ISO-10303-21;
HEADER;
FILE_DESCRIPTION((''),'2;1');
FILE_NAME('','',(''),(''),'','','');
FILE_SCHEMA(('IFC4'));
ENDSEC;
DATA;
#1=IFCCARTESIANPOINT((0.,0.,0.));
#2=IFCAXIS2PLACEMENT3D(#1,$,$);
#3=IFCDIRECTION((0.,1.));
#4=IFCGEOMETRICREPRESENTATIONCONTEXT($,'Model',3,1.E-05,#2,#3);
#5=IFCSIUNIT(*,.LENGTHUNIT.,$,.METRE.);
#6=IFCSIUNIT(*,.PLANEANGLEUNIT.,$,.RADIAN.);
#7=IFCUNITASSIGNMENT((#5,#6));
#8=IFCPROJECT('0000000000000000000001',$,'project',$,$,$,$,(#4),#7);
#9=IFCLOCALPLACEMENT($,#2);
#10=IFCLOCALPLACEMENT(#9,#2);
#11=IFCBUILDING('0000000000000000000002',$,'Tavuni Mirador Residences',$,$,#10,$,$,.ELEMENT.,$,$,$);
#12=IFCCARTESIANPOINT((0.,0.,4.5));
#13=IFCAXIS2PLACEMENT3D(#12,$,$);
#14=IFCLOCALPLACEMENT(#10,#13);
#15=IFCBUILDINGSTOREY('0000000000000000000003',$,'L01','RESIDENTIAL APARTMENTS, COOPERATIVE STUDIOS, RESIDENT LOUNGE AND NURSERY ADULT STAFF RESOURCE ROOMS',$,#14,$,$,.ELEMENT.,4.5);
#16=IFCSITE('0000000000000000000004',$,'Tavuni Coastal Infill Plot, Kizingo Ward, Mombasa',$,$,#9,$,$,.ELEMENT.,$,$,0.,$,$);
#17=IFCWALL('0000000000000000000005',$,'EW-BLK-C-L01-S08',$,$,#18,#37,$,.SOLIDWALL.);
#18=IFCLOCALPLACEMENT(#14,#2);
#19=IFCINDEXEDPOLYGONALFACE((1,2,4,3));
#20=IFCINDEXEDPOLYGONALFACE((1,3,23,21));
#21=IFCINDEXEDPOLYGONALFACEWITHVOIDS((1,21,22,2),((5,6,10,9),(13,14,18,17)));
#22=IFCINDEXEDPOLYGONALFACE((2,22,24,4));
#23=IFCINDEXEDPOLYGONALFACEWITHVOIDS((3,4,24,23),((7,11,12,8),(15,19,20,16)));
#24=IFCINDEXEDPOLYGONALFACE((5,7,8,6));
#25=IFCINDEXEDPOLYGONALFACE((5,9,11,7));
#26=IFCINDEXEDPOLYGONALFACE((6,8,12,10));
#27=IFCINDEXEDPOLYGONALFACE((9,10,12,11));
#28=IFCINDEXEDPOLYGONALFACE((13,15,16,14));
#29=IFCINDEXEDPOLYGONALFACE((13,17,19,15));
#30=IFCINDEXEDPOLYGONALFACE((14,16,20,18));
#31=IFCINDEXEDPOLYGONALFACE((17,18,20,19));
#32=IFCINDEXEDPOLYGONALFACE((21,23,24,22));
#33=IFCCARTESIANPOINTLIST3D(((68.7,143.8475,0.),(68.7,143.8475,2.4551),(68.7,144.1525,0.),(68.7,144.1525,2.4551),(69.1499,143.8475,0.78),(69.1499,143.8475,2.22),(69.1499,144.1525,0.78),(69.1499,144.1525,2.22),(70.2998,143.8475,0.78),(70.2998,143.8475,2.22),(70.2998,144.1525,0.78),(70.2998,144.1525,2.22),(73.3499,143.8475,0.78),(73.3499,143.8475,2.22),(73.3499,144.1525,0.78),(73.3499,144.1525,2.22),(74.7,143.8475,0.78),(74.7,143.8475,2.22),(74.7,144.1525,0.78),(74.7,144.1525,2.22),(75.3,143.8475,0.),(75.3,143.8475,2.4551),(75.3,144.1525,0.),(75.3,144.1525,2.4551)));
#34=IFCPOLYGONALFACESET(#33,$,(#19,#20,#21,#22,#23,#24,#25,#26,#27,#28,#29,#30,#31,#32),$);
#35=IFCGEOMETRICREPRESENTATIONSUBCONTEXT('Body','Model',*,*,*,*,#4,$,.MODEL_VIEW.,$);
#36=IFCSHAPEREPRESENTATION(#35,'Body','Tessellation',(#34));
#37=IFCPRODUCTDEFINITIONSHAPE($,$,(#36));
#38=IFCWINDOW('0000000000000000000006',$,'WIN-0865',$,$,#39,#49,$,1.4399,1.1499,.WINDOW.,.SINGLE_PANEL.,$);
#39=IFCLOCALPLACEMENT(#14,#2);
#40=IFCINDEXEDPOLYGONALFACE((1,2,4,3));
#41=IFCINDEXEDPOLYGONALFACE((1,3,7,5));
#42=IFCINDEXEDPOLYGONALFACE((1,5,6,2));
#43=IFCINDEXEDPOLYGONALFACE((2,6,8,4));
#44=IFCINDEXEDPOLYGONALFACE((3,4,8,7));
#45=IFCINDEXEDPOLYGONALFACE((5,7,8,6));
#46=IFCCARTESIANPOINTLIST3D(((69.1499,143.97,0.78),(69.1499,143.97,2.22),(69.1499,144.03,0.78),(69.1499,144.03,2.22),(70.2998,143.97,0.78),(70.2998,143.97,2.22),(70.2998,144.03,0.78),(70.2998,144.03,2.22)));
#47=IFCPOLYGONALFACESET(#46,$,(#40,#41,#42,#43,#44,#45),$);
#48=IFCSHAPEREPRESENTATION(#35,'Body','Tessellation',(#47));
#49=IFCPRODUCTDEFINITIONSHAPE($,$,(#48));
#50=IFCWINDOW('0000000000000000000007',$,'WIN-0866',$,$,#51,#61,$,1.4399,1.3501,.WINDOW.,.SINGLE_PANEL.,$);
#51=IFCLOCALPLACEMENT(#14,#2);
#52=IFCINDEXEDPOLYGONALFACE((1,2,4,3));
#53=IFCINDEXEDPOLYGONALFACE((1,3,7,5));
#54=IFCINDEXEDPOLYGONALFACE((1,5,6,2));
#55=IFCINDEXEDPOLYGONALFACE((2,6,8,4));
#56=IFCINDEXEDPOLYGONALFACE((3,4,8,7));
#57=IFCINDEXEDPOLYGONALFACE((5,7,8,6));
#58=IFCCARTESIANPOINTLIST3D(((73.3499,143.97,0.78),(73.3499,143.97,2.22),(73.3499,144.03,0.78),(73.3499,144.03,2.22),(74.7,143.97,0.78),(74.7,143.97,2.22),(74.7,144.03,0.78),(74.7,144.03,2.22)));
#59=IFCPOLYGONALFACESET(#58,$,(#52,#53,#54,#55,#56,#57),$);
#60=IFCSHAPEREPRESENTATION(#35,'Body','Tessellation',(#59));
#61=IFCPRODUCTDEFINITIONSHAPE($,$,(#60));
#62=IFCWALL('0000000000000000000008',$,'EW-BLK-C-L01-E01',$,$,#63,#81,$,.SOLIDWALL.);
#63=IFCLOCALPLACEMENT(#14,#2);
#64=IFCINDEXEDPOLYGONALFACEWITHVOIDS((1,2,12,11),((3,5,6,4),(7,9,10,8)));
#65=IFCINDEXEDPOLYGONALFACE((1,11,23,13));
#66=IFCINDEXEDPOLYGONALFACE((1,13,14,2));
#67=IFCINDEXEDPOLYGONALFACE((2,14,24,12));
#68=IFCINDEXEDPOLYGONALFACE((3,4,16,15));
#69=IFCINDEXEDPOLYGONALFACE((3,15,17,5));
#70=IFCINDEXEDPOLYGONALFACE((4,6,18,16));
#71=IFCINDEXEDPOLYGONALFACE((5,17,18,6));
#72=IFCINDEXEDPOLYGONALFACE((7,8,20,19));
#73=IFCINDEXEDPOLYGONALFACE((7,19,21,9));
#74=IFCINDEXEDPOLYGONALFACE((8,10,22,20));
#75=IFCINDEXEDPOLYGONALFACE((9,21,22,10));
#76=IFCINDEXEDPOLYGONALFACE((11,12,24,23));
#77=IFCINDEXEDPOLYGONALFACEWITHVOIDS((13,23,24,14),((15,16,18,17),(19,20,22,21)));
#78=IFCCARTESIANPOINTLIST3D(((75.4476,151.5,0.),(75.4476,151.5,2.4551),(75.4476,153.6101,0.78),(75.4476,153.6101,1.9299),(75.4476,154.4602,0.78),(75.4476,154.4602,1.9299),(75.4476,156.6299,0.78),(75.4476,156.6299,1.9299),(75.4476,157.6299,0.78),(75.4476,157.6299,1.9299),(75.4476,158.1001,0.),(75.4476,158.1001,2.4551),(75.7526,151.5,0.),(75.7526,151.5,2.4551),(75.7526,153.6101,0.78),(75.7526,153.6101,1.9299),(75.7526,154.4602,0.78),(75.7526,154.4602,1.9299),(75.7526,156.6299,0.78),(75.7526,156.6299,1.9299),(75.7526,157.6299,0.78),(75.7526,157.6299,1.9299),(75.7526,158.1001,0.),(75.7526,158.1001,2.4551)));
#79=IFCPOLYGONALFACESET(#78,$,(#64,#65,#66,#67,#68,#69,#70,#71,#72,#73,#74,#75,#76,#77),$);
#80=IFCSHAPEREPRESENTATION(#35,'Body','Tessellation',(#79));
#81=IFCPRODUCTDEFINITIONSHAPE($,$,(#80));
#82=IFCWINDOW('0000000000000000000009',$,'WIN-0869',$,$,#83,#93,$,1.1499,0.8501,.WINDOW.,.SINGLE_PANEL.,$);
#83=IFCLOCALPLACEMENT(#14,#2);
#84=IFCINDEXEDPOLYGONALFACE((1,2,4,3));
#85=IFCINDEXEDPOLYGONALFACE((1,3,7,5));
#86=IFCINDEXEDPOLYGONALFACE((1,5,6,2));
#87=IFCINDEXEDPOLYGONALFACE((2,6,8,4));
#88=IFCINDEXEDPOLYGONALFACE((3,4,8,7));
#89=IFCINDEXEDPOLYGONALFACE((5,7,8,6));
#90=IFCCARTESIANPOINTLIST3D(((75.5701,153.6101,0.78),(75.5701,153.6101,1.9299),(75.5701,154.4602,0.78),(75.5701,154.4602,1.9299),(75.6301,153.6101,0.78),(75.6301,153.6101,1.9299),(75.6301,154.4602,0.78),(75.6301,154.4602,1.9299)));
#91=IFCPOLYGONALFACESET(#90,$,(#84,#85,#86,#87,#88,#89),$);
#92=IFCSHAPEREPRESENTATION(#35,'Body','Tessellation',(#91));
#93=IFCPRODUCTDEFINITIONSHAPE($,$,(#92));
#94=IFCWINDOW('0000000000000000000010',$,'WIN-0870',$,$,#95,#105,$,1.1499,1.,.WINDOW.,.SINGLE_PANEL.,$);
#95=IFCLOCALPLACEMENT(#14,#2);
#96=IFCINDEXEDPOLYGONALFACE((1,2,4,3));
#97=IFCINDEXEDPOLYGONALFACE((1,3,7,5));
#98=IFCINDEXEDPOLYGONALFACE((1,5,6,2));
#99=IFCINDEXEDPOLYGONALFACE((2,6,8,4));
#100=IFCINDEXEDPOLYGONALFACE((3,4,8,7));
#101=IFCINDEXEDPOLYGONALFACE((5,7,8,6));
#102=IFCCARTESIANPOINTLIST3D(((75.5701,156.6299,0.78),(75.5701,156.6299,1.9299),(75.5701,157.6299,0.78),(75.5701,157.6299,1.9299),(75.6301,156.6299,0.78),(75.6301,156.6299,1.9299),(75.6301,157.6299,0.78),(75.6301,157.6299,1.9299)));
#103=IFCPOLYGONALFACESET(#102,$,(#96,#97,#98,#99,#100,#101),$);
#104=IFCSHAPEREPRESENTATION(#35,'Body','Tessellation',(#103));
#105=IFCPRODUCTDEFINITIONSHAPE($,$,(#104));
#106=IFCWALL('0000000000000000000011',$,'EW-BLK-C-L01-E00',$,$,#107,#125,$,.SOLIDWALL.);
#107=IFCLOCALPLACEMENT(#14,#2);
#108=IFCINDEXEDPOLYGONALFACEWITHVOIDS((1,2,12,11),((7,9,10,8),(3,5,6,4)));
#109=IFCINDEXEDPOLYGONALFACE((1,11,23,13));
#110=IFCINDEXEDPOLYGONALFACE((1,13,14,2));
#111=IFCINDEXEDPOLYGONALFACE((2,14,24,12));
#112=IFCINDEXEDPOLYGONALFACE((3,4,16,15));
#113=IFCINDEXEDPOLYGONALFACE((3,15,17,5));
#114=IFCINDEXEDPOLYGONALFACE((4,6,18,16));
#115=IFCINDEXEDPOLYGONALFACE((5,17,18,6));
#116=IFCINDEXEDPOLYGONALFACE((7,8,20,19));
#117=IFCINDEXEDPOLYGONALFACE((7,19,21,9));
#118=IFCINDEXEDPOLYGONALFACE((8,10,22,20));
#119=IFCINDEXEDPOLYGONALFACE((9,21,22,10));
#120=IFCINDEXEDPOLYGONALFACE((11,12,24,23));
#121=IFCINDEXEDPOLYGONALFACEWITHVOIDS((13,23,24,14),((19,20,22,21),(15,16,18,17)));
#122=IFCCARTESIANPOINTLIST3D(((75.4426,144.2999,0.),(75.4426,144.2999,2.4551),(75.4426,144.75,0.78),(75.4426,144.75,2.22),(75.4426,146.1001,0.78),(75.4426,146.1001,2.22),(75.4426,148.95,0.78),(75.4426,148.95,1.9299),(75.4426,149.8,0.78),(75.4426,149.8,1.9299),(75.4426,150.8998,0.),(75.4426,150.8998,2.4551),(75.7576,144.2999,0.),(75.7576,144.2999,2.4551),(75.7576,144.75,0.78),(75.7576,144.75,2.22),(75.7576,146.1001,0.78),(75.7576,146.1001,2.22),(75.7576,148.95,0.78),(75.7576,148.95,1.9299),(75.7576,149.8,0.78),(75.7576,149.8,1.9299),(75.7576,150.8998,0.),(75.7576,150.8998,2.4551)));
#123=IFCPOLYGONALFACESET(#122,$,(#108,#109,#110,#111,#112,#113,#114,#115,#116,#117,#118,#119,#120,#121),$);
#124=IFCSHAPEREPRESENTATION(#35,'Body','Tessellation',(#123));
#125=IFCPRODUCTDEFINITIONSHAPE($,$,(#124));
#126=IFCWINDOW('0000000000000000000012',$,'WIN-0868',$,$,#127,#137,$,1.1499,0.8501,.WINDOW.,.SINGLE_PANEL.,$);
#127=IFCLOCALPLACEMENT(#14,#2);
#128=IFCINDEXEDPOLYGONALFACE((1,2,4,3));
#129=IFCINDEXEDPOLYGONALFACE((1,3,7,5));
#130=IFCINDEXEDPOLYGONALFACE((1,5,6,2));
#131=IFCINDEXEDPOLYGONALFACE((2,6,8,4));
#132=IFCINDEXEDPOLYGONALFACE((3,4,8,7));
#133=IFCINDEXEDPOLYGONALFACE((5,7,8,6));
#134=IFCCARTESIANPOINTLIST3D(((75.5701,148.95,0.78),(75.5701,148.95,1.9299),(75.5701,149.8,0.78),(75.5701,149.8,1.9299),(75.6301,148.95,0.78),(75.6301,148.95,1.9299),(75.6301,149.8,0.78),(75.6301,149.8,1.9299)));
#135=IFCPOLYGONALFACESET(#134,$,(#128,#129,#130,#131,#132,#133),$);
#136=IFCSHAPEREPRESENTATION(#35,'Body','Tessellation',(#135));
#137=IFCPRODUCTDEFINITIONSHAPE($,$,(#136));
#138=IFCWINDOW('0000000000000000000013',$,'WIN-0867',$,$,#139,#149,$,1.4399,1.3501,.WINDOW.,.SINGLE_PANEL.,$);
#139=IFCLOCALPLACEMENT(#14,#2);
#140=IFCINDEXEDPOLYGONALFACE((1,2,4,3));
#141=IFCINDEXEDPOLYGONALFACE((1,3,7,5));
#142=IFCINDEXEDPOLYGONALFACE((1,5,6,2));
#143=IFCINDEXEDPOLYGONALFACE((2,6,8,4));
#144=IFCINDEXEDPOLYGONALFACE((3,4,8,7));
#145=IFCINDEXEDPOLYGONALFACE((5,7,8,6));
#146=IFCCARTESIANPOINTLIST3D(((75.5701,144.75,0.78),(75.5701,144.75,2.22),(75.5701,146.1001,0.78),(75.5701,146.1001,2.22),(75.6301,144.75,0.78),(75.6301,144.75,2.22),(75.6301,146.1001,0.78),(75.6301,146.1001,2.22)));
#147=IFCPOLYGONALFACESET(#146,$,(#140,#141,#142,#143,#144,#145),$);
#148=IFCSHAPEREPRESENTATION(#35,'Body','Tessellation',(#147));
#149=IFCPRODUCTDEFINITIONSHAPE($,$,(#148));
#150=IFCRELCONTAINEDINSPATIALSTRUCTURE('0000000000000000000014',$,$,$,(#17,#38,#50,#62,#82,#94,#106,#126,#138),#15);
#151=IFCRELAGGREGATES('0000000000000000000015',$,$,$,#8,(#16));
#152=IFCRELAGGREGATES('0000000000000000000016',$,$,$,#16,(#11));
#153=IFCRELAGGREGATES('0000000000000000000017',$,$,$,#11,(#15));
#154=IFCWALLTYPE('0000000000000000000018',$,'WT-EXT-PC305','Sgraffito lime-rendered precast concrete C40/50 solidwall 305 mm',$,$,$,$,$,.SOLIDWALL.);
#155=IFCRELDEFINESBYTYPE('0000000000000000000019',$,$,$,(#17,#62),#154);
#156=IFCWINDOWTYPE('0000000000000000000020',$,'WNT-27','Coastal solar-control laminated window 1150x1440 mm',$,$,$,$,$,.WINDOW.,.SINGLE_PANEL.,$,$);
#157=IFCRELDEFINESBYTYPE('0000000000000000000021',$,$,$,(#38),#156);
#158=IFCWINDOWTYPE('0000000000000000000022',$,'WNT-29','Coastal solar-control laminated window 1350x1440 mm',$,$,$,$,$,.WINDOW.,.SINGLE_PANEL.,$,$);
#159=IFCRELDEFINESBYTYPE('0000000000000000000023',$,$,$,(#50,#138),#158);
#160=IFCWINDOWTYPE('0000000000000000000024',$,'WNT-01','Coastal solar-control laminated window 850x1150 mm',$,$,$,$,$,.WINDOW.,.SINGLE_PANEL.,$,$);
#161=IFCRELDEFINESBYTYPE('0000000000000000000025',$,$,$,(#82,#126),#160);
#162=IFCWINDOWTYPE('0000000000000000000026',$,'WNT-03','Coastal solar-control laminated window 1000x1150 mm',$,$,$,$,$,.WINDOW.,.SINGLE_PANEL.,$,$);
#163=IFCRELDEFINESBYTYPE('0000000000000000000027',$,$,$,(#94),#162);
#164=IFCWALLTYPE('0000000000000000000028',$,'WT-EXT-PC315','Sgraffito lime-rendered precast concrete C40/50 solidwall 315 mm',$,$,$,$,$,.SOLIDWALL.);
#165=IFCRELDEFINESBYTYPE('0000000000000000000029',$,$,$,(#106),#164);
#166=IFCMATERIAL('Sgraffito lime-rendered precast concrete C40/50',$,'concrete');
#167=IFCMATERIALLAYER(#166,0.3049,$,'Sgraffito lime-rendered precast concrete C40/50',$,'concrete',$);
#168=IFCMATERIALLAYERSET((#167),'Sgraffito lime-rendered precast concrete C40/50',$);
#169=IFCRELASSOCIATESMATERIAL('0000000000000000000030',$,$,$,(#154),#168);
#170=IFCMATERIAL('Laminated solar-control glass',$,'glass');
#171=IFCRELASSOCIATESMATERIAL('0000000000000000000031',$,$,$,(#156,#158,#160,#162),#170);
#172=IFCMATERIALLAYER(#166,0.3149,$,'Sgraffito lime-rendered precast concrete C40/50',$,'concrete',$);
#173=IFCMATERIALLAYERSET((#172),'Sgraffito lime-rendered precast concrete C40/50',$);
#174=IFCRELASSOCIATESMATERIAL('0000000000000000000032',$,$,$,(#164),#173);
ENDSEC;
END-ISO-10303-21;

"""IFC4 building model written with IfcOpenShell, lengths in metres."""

from ifc_helpers import new_model, si_unit, direction, frame, frame_2d, origin, place, context, subcontext, project, spatial, rectangle, extrude, material, layer, layer_set, type_object, element, fill, save


model = new_model("IFC4")

# Units and contexts
model_context = context("Model", 3, precision=1e-05, world=origin(), true_north=direction((0.0, 1.0)))
body_context = subcontext(model_context, "Body", "Model", "MODEL_VIEW")
ifc_project = project(units=[si_unit("LENGTHUNIT", "METRE"), si_unit("PLANEANGLEUNIT", "RADIAN")], contexts=[model_context])

# Site, building, storey
site_placement = place(None, origin())
site = spatial("IfcSite", under=ifc_project, at=site_placement, Name="Tavuni Coastal Infill Plot, Kizingo Ward, Mombasa", CompositionType="ELEMENT", RefElevation=0.0)
building_placement = place(site_placement, origin())
building = spatial("IfcBuilding", under=site, at=building_placement, Name="Tavuni Mirador Residences", CompositionType="ELEMENT")
storey_placement = place(building_placement, frame((0.0, 0.0, 4.5)))
storey = spatial("IfcBuildingStorey", under=building, at=storey_placement, Name="L01", Description="RESIDENTIAL APARTMENTS, COOPERATIVE STUDIOS, RESIDENT LOUNGE AND NURSERY ADULT STAFF RESOURCE ROOMS", CompositionType="ELEMENT", Elevation=4.5)

# Walls, openings, windows
ifc_material_1 = material(Name="Sgraffito lime-rendered precast concrete C40/50", Category="concrete")
ifc_layer_1 = layer(ifc_material_1, 0.3049, Name="Sgraffito lime-rendered precast concrete C40/50", Category="concrete")
ifc_layer_set_1 = layer_set([ifc_layer_1], Name="Sgraffito lime-rendered precast concrete C40/50")
wall_type_1 = type_object("IfcWallType", Name="WT-EXT-PC305", Description="Sgraffito lime-rendered precast concrete C40/50 solidwall 305 mm", PredefinedType="SOLIDWALL", material=ifc_layer_set_1)
wall_1_placement = place(storey_placement, frame((68.7, 144.0, 0.0), z_axis=(0.0, 0.0, 1.0), x_axis=(1.0, 0.0, 0.0)))
wall_1 = element("IfcWall", 1, at=wall_1_placement, inside=storey, type_object=wall_type_1, Name="EW-BLK-C-L01-S08", PredefinedType="SOLIDWALL", context=body_context, shape_type="SweptSolid", body=[
    extrude(rectangle(XDim=6.6001, YDim=0.3049, at=frame_2d((3.3, 0.0))), origin(), (0.0, 0.0, 1.0), 2.4551),
])
opening_1_placement = place(wall_1_placement, frame((0.45, 0.0, 0.78)))
opening_1 = element("IfcOpeningElement", 2, at=opening_1_placement, cuts=wall_1, PredefinedType="OPENING", context=body_context, shape_type="SweptSolid", body=[
    extrude(rectangle(XDim=1.1499, YDim=1.4399, at=frame_2d((0.575, 0.72))), frame((0.0, 0.1626, 0.0), z_axis=(0.0, -1.0, 0.0), x_axis=(1.0, 0.0, 0.0)), (0.0, 0.0, 1.0), 0.325),
])
opening_2_placement = place(wall_1_placement, frame((4.6499, 0.0, 0.78)))
opening_2 = element("IfcOpeningElement", 3, at=opening_2_placement, cuts=wall_1, PredefinedType="OPENING", context=body_context, shape_type="SweptSolid", body=[
    extrude(rectangle(XDim=1.3501, YDim=1.4399, at=frame_2d((0.675, 0.72))), frame((0.0, 0.1626, 0.0), z_axis=(0.0, -1.0, 0.0), x_axis=(1.0, 0.0, 0.0)), (0.0, 0.0, 1.0), 0.325),
])
ifc_material_2 = material(Name="Laminated solar-control glass", Category="glass")
window_type_1 = type_object("IfcWindowType", Name="WNT-27", Description="Coastal solar-control laminated window 1150x1440 mm", PartitioningType="SINGLE_PANEL", PredefinedType="WINDOW", material=ifc_material_2)
window_1_placement = place(opening_1_placement, origin())
window_1 = element("IfcWindow", 4, at=window_1_placement, inside=storey, type_object=window_type_1, Name="WIN-0865", OverallHeight=1.4399, OverallWidth=1.1499, PartitioningType="SINGLE_PANEL", PredefinedType="WINDOW", context=body_context, shape_type="SweptSolid", body=[
    extrude(rectangle(XDim=1.1499, YDim=1.4399, at=frame_2d((0.575, 0.72))), frame((0.0, 0.03, 0.0), z_axis=(0.0, -1.0, 0.0), x_axis=(1.0, 0.0, 0.0)), (0.0, 0.0, 1.0), 0.0601),
])
fill(opening_1, window_1)
window_type_2 = type_object("IfcWindowType", Name="WNT-29", Description="Coastal solar-control laminated window 1350x1440 mm", PartitioningType="SINGLE_PANEL", PredefinedType="WINDOW", material=ifc_material_2)
window_2_placement = place(opening_2_placement, origin())
window_2 = element("IfcWindow", 5, at=window_2_placement, inside=storey, type_object=window_type_2, Name="WIN-0866", OverallHeight=1.4399, OverallWidth=1.3501, PartitioningType="SINGLE_PANEL", PredefinedType="WINDOW", context=body_context, shape_type="SweptSolid", body=[
    extrude(rectangle(XDim=1.3501, YDim=1.4399, at=frame_2d((0.675, 0.72))), frame((0.0, 0.03, 0.0), z_axis=(0.0, -1.0, 0.0), x_axis=(1.0, 0.0, 0.0)), (0.0, 0.0, 1.0), 0.0601),
])
fill(opening_2, window_2)
wall_2_placement = place(storey_placement, frame((75.6001, 151.5, 0.0), z_axis=(0.0, 0.0, 1.0), x_axis=(0.0, 1.0, 0.0)))
wall_2 = element("IfcWall", 6, at=wall_2_placement, inside=storey, type_object=wall_type_1, Name="EW-BLK-C-L01-E01", PredefinedType="SOLIDWALL", context=body_context, shape_type="SweptSolid", body=[
    extrude(rectangle(XDim=6.6001, YDim=0.3049, at=frame_2d((3.3, 0.0))), origin(), (0.0, 0.0, 1.0), 2.4551),
])
opening_3_placement = place(wall_2_placement, frame((2.1101, 0.0, 0.78)))
opening_3 = element("IfcOpeningElement", 7, at=opening_3_placement, cuts=wall_2, PredefinedType="OPENING", context=body_context, shape_type="SweptSolid", body=[
    extrude(rectangle(XDim=0.8501, YDim=1.1499, at=frame_2d((0.425, 0.575))), frame((0.0, 0.1626, 0.0), z_axis=(0.0, -1.0, 0.0), x_axis=(1.0, 0.0, 0.0)), (0.0, 0.0, 1.0), 0.325),
])
opening_4_placement = place(wall_2_placement, frame((5.1299, 0.0, 0.78)))
opening_4 = element("IfcOpeningElement", 8, at=opening_4_placement, cuts=wall_2, PredefinedType="OPENING", context=body_context, shape_type="SweptSolid", body=[
    extrude(rectangle(XDim=1.0, YDim=1.1499, at=frame_2d((0.5, 0.575))), frame((0.0, 0.1626, 0.0), z_axis=(0.0, -1.0, 0.0), x_axis=(1.0, 0.0, 0.0)), (0.0, 0.0, 1.0), 0.325),
])
window_type_3 = type_object("IfcWindowType", Name="WNT-01", Description="Coastal solar-control laminated window 850x1150 mm", PartitioningType="SINGLE_PANEL", PredefinedType="WINDOW", material=ifc_material_2)
window_3_placement = place(opening_3_placement, origin())
window_3 = element("IfcWindow", 9, at=window_3_placement, inside=storey, type_object=window_type_3, Name="WIN-0869", OverallHeight=1.1499, OverallWidth=0.8501, PartitioningType="SINGLE_PANEL", PredefinedType="WINDOW", context=body_context, shape_type="SweptSolid", body=[
    extrude(rectangle(XDim=0.8501, YDim=1.1499, at=frame_2d((0.425, 0.575))), frame((0.0, 0.03, 0.0), z_axis=(0.0, -1.0, 0.0), x_axis=(1.0, 0.0, 0.0)), (0.0, 0.0, 1.0), 0.0601),
])
fill(opening_3, window_3)
window_type_4 = type_object("IfcWindowType", Name="WNT-03", Description="Coastal solar-control laminated window 1000x1150 mm", PartitioningType="SINGLE_PANEL", PredefinedType="WINDOW", material=ifc_material_2)
window_4_placement = place(opening_4_placement, origin())
window_4 = element("IfcWindow", 10, at=window_4_placement, inside=storey, type_object=window_type_4, Name="WIN-0870", OverallHeight=1.1499, OverallWidth=1.0, PartitioningType="SINGLE_PANEL", PredefinedType="WINDOW", context=body_context, shape_type="SweptSolid", body=[
    extrude(rectangle(XDim=1.0, YDim=1.1499, at=frame_2d((0.5, 0.575))), frame((0.0, 0.03, 0.0), z_axis=(0.0, -1.0, 0.0), x_axis=(1.0, 0.0, 0.0)), (0.0, 0.0, 1.0), 0.0601),
])
fill(opening_4, window_4)
ifc_layer_2 = layer(ifc_material_1, 0.3149, Name="Sgraffito lime-rendered precast concrete C40/50", Category="concrete")
ifc_layer_set_2 = layer_set([ifc_layer_2], Name="Sgraffito lime-rendered precast concrete C40/50")
wall_type_2 = type_object("IfcWallType", Name="WT-EXT-PC315", Description="Sgraffito lime-rendered precast concrete C40/50 solidwall 315 mm", PredefinedType="SOLIDWALL", material=ifc_layer_set_2)
wall_3_placement = place(storey_placement, frame((75.6001, 144.3, 0.0), z_axis=(0.0, 0.0, 1.0), x_axis=(0.0, 1.0, 0.0)))
wall_3 = element("IfcWall", 11, at=wall_3_placement, inside=storey, type_object=wall_type_2, Name="EW-BLK-C-L01-E00", PredefinedType="SOLIDWALL", context=body_context, shape_type="SweptSolid", body=[
    extrude(rectangle(XDim=6.5999, YDim=0.3149, at=frame_2d((3.2998, 0.0))), origin(), (0.0, 0.0, 1.0), 2.4551),
])
opening_5_placement = place(wall_3_placement, frame((0.45, 0.0, 0.78)))
opening_5 = element("IfcOpeningElement", 12, at=opening_5_placement, cuts=wall_3, PredefinedType="OPENING", context=body_context, shape_type="SweptSolid", body=[
    extrude(rectangle(XDim=1.3501, YDim=1.4399, at=frame_2d((0.675, 0.72))), frame((0.0, 0.1675, 0.0), z_axis=(0.0, -1.0, 0.0), x_axis=(1.0, 0.0, 0.0)), (0.0, 0.0, 1.0), 0.335),
])
opening_6_placement = place(wall_3_placement, frame((4.6499, 0.0, 0.78)))
opening_6 = element("IfcOpeningElement", 13, at=opening_6_placement, cuts=wall_3, PredefinedType="OPENING", context=body_context, shape_type="SweptSolid", body=[
    extrude(rectangle(XDim=0.8501, YDim=1.1499, at=frame_2d((0.425, 0.575))), frame((0.0, 0.1675, 0.0), z_axis=(0.0, -1.0, 0.0), x_axis=(1.0, 0.0, 0.0)), (0.0, 0.0, 1.0), 0.335),
])
window_5_placement = place(opening_6_placement, origin())
window_5 = element("IfcWindow", 14, at=window_5_placement, inside=storey, type_object=window_type_3, Name="WIN-0868", OverallHeight=1.1499, OverallWidth=0.8501, PartitioningType="SINGLE_PANEL", PredefinedType="WINDOW", context=body_context, shape_type="SweptSolid", body=[
    extrude(rectangle(XDim=0.8501, YDim=1.1499, at=frame_2d((0.425, 0.575))), frame((0.0, 0.03, 0.0), z_axis=(0.0, -1.0, 0.0), x_axis=(1.0, 0.0, 0.0)), (0.0, 0.0, 1.0), 0.0601),
])
fill(opening_6, window_5)
window_6_placement = place(opening_5_placement, origin())
window_6 = element("IfcWindow", 15, at=window_6_placement, inside=storey, type_object=window_type_2, Name="WIN-0867", OverallHeight=1.4399, OverallWidth=1.3501, PartitioningType="SINGLE_PANEL", PredefinedType="WINDOW", context=body_context, shape_type="SweptSolid", body=[
    extrude(rectangle(XDim=1.3501, YDim=1.4399, at=frame_2d((0.675, 0.72))), frame((0.0, 0.03, 0.0), z_axis=(0.0, -1.0, 0.0), x_axis=(1.0, 0.0, 0.0)), (0.0, 0.0, 1.0), 0.0601),
])
fill(opening_5, window_6)

save(model, "model.ifc")
